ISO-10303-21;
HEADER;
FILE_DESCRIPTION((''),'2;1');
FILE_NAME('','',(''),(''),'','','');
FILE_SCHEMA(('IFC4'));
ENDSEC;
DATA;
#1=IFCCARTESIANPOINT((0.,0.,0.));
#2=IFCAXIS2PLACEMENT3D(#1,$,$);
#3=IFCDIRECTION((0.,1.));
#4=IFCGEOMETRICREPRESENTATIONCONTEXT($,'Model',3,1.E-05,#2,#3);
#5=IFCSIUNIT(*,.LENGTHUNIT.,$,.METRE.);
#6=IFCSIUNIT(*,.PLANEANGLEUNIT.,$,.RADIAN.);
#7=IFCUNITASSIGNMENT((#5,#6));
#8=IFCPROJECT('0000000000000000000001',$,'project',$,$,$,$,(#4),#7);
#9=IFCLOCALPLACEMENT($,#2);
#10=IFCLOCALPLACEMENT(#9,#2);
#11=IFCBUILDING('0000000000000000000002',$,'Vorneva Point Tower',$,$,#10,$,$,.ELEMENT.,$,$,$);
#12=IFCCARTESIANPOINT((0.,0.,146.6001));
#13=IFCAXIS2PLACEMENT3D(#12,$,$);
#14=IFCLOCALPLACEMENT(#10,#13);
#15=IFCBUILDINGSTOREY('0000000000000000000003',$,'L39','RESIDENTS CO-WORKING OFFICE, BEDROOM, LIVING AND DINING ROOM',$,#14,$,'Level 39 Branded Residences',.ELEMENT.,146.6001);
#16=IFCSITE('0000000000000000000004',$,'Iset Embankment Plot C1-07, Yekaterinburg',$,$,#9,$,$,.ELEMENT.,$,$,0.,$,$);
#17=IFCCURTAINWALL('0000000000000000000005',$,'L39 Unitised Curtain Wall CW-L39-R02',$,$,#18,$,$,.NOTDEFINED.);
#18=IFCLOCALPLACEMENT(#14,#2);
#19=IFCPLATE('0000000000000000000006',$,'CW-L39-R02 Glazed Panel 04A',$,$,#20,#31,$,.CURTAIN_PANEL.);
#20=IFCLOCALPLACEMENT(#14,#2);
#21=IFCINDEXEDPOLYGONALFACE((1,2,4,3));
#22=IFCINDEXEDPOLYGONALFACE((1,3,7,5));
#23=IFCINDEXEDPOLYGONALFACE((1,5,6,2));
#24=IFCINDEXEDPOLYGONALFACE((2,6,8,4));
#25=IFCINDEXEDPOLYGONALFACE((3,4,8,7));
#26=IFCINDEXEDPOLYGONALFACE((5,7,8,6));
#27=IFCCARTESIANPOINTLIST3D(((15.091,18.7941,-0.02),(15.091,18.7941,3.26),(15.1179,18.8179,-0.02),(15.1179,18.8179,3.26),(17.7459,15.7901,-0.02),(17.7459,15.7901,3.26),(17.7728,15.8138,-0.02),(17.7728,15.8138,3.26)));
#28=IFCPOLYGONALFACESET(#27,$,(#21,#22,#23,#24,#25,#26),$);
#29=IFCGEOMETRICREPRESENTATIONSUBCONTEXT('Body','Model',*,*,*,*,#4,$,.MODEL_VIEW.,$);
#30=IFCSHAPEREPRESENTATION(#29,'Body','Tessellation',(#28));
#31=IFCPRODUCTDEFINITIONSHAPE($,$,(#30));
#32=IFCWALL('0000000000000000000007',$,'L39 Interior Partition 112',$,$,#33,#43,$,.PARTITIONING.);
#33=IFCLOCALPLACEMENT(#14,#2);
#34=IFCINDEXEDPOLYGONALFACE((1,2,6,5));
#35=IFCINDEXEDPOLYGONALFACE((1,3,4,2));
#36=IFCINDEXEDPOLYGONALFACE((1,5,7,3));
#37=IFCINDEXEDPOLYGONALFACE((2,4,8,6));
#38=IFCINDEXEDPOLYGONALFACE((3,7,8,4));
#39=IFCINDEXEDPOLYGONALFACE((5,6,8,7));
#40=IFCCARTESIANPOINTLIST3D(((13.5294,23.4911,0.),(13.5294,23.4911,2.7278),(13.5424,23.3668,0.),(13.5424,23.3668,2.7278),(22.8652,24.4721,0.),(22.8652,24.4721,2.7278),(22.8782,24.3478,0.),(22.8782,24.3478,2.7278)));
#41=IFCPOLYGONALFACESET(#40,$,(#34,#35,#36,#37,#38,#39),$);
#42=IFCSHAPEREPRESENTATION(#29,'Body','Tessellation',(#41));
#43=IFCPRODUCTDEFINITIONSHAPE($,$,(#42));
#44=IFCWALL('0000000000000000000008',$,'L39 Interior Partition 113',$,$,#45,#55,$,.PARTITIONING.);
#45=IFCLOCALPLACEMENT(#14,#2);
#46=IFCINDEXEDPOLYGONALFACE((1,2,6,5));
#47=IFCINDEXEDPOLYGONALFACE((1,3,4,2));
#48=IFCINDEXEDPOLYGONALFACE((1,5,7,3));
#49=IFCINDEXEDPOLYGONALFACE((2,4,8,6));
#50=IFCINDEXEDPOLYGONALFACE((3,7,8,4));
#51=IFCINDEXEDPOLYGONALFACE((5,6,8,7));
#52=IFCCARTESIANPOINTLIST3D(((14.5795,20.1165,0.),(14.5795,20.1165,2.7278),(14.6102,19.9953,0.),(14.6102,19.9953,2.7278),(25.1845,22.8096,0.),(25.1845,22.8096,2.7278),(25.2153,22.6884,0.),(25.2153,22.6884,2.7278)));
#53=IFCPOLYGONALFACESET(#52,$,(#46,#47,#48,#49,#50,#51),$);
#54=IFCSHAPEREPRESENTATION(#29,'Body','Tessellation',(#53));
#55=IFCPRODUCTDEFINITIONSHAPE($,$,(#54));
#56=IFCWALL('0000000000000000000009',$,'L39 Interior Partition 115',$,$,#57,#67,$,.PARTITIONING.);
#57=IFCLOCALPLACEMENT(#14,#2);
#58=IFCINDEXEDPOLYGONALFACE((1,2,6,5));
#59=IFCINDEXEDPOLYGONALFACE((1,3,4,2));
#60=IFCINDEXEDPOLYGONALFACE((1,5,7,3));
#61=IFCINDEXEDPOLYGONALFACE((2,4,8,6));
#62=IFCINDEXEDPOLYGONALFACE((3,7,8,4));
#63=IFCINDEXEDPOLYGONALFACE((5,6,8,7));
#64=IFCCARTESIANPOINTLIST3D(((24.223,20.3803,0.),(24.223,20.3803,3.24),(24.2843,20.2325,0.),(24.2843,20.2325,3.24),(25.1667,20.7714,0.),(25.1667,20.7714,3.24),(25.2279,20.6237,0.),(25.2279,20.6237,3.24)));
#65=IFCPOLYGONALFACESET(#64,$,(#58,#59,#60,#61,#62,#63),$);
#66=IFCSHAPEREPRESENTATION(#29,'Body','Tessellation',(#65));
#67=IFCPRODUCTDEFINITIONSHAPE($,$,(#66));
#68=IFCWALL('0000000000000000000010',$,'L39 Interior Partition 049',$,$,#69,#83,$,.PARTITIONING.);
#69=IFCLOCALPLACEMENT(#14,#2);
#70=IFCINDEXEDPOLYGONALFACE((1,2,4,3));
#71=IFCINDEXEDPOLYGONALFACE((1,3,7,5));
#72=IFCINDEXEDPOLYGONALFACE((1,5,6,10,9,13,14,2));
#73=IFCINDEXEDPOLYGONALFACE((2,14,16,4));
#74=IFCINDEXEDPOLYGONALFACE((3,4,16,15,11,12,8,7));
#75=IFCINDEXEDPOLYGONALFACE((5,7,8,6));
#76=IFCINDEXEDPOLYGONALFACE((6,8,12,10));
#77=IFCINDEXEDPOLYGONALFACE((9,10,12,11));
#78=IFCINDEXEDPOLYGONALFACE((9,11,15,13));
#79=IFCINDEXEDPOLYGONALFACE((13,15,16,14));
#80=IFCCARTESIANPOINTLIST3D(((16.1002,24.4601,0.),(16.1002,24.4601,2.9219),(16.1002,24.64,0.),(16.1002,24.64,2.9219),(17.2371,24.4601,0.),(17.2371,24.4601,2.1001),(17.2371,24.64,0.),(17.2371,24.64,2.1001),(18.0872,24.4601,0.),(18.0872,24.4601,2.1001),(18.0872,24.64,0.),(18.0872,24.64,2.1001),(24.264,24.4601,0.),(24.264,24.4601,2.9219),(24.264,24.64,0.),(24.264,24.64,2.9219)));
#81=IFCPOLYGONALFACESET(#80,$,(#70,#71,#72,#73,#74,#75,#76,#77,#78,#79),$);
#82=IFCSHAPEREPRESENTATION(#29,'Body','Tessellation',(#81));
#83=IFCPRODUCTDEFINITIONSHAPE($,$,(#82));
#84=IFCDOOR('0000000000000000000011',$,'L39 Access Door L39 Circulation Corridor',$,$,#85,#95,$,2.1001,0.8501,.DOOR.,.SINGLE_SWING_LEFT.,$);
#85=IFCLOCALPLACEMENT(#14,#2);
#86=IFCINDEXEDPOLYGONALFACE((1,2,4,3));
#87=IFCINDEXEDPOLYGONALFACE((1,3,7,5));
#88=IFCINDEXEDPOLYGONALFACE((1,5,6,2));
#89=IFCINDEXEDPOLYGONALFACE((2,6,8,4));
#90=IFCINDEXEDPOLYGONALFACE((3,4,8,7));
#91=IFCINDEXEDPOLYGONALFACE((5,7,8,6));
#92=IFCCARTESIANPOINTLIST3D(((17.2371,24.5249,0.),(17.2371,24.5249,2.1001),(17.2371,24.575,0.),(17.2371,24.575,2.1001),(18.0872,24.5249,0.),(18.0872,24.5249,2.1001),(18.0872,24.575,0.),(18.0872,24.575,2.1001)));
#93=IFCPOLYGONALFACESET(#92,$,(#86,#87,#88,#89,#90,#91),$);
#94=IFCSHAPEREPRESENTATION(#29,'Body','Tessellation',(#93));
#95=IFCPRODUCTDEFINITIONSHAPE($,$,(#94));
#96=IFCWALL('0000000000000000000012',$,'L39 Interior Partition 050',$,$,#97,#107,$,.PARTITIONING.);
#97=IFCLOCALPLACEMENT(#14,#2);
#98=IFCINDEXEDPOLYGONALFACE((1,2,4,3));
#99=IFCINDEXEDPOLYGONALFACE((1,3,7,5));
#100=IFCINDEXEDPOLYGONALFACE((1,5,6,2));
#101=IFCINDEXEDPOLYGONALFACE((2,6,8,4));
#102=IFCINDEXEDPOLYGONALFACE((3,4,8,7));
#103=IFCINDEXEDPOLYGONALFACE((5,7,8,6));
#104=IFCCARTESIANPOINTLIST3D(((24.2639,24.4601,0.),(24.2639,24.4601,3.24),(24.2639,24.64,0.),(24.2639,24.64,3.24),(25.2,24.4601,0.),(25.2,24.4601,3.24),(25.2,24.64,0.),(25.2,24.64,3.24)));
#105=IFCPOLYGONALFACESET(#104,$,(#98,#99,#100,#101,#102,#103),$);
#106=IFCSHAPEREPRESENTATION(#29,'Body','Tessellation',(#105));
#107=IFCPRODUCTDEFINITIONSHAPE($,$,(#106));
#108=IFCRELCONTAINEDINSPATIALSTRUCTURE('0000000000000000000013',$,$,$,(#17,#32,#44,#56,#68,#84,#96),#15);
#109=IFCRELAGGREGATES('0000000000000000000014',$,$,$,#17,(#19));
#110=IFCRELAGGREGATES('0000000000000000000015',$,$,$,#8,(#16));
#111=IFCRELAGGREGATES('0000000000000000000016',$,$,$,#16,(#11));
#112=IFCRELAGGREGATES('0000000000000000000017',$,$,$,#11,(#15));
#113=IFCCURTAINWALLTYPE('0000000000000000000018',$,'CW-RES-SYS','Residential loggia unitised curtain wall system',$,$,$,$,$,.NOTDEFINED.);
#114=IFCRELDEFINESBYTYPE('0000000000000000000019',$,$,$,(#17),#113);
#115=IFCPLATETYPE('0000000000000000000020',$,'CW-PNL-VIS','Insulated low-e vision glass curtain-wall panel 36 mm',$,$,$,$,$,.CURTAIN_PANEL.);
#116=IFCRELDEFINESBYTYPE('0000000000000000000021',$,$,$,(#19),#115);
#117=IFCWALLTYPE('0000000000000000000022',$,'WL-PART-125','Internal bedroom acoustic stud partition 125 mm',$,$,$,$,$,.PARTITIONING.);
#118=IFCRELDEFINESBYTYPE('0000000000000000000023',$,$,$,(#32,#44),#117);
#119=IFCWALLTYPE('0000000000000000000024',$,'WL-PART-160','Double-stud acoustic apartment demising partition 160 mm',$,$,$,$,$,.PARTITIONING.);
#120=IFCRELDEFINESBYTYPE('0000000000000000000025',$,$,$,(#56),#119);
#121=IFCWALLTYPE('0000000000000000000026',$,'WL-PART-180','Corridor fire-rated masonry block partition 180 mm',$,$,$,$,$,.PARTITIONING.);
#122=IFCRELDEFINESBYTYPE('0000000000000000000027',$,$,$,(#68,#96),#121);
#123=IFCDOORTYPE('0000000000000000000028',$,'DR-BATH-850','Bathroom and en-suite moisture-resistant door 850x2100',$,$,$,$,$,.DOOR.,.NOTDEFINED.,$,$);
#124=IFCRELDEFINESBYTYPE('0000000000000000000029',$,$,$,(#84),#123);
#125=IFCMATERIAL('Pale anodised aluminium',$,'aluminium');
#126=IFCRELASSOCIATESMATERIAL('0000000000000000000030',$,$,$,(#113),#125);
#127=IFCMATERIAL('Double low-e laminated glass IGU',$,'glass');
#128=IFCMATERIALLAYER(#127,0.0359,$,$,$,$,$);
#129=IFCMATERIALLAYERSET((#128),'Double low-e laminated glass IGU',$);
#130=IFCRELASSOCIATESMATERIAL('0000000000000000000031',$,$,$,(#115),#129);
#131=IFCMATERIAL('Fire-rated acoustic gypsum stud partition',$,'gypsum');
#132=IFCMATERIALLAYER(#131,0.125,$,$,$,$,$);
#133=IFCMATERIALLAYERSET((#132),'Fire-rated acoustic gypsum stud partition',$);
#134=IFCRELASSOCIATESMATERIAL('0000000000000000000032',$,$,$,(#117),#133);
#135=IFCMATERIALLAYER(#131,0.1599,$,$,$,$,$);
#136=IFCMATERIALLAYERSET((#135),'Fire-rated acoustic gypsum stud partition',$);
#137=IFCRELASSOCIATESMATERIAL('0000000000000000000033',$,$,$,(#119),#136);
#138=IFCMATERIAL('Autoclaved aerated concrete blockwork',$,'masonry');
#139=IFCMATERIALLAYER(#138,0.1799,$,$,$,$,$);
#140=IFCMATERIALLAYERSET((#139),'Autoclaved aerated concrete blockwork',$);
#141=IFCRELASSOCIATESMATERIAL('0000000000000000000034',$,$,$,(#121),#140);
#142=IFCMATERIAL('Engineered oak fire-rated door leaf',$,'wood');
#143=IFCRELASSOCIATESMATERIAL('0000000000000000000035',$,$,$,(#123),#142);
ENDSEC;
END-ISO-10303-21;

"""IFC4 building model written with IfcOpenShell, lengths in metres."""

from ifc_helpers import new_model, si_unit, direction, frame, frame_2d, origin, origin_2d, place, context, subcontext, project, spatial, rectangle, extrude, material, layer, layer_set, type_object, element, fill, aggregate, save


model = new_model("IFC4")

# Units and contexts
model_context = context("Model", 3, precision=1e-05, world=origin(), true_north=direction((0.0, 1.0)))
body_context = subcontext(model_context, "Body", "Model", "MODEL_VIEW")
ifc_project = project(units=[si_unit("LENGTHUNIT", "METRE"), si_unit("PLANEANGLEUNIT", "RADIAN")], contexts=[model_context])

# Site, building, storey
site_placement = place(None, origin())
site = spatial("IfcSite", under=ifc_project, at=site_placement, Name="Iset Embankment Plot C1-07, Yekaterinburg", CompositionType="ELEMENT", RefElevation=0.0)
building_placement = place(site_placement, origin())
building = spatial("IfcBuilding", under=site, at=building_placement, Name="Vorneva Point Tower", CompositionType="ELEMENT")
storey_placement = place(building_placement, frame((0.0, 0.0, 146.6001)))
storey = spatial("IfcBuildingStorey", under=building, at=storey_placement, Name="L39", Description="RESIDENTS CO-WORKING OFFICE, BEDROOM, LIVING AND DINING ROOM", LongName="Level 39 Branded Residences", CompositionType="ELEMENT", Elevation=146.6001)

# Curtain wall, plate
ifc_material_1 = material(Name="Pale anodised aluminium", Category="aluminium")
curtain_wall_type = type_object("IfcCurtainWallType", Name="CW-RES-SYS", Description="Residential loggia unitised curtain wall system", PredefinedType="NOTDEFINED", material=ifc_material_1)
curtain_wall_placement = place(storey_placement, origin())
curtain_wall = element("IfcCurtainWall", 1, at=curtain_wall_placement, inside=storey, type_object=curtain_wall_type, Name="L39 Unitised Curtain Wall CW-L39-R02", PredefinedType="NOTDEFINED")
ifc_material_2 = material(Name="Double low-e laminated glass IGU", Category="glass")
ifc_layer_1 = layer(ifc_material_2, 0.0359)
ifc_layer_set_1 = layer_set([ifc_layer_1], Name="Double low-e laminated glass IGU")
plate_type = type_object("IfcPlateType", Name="CW-PNL-VIS", Description="Insulated low-e vision glass curtain-wall panel 36 mm", PredefinedType="CURTAIN_PANEL", material=ifc_layer_set_1)
plate_1_placement = place(storey_placement, frame((16.4319, 17.304, -0.02), z_axis=(0.0, 0.0, 1.0), x_axis=(0.662215, -0.749314, 0.0)))
plate_1 = element("IfcPlate", 2, at=plate_1_placement, type_object=plate_type, Name="CW-L39-R02 Glazed Panel 04A", PredefinedType="CURTAIN_PANEL", context=body_context, shape_type="SweptSolid", body=[
    extrude(rectangle(XDim=4.009, YDim=0.0359, at=origin_2d()), origin(), (0.0, 0.0, 1.0), 3.28),
])
aggregate(curtain_wall, [plate_1])

# Walls
ifc_material_3 = material(Name="Fire-rated acoustic gypsum stud partition", Category="gypsum")
ifc_layer_2 = layer(ifc_material_3, 0.125)
ifc_layer_set_2 = layer_set([ifc_layer_2], Name="Fire-rated acoustic gypsum stud partition")
wall_type_1 = type_object("IfcWallType", Name="WL-PART-125", Description="Internal bedroom acoustic stud partition 125 mm", PredefinedType="PARTITIONING", material=ifc_layer_set_2)
wall_1_placement = place(storey_placement, frame((13.5359, 23.429, 0.0), z_axis=(0.0, 0.0, 1.0), x_axis=(0.994525, 0.104501, 0.0)))
element("IfcWall", 3, at=wall_1_placement, inside=storey, type_object=wall_type_1, Name="L39 Interior Partition 112", PredefinedType="PARTITIONING", context=body_context, shape_type="SweptSolid", body=[
    extrude(rectangle(XDim=9.3872, YDim=0.125, at=frame_2d((4.6936, 0.0))), origin(), (0.0, 0.0, 1.0), 2.7278),
])
wall_2_placement = place(storey_placement, frame((14.595, 20.0559, 0.0), z_axis=(0.0, 0.0, 1.0), x_axis=(0.969235, 0.246136, 0.0)))
element("IfcWall", 4, at=wall_2_placement, inside=storey, type_object=wall_type_1, Name="L39 Interior Partition 113", PredefinedType="PARTITIONING", context=body_context, shape_type="SweptSolid", body=[
    extrude(rectangle(XDim=10.9417, YDim=0.125, at=frame_2d((5.4707, 0.0))), origin(), (0.0, 0.0, 1.0), 2.7278),
])
ifc_layer_3 = layer(ifc_material_3, 0.1599)
ifc_layer_set_3 = layer_set([ifc_layer_3], Name="Fire-rated acoustic gypsum stud partition")
wall_type_2 = type_object("IfcWallType", Name="WL-PART-160", Description="Double-stud acoustic apartment demising partition 160 mm", PredefinedType="PARTITIONING", material=ifc_layer_set_3)
wall_3_placement = place(storey_placement, frame((24.2537, 20.3064, 0.0), z_axis=(0.0, 0.0, 1.0), x_axis=(0.92379, 0.382901, 0.0)))
element("IfcWall", 5, at=wall_3_placement, inside=storey, type_object=wall_type_2, Name="L39 Interior Partition 115", PredefinedType="PARTITIONING", context=body_context, shape_type="SweptSolid", body=[
    extrude(rectangle(XDim=1.0215, YDim=0.1599, at=frame_2d((0.5107, 0.0))), origin(), (0.0, 0.0, 1.0), 3.24),
])

# Wall, opening, door
ifc_material_4 = material(Name="Autoclaved aerated concrete blockwork", Category="masonry")
ifc_layer_4 = layer(ifc_material_4, 0.1799)
ifc_layer_set_4 = layer_set([ifc_layer_4], Name="Autoclaved aerated concrete blockwork")
wall_type_3 = type_object("IfcWallType", Name="WL-PART-180", Description="Corridor fire-rated masonry block partition 180 mm", PredefinedType="PARTITIONING", material=ifc_layer_set_4)
wall_4_placement = place(storey_placement, frame((16.1001, 24.55, 0.0), z_axis=(0.0, 0.0, 1.0), x_axis=(1.0, 0.0, 0.0)))
wall_4 = element("IfcWall", 6, at=wall_4_placement, inside=storey, type_object=wall_type_3, Name="L39 Interior Partition 049", PredefinedType="PARTITIONING", context=body_context, shape_type="SweptSolid", body=[
    extrude(rectangle(XDim=8.1638, YDim=0.1799, at=frame_2d((4.082, 0.0))), origin(), (0.0, 0.0, 1.0), 2.9219),
])
opening_1_placement = place(wall_4_placement, frame((1.137, 0.0, 0.0)))
opening_1 = element("IfcOpeningElement", 7, at=opening_1_placement, cuts=wall_4, PredefinedType="OPENING", context=body_context, shape_type="SweptSolid", body=[
    extrude(rectangle(XDim=0.8501, YDim=2.1001, at=frame_2d((0.425, 1.05))), frame((0.0, 0.105, 0.0), z_axis=(0.0, -1.0, 0.0), x_axis=(1.0, 0.0, 0.0)), (0.0, 0.0, 1.0), 0.2097),
])
ifc_material_5 = material(Name="Engineered oak fire-rated door leaf", Category="wood")
door_type_1 = type_object("IfcDoorType", Name="DR-BATH-850", Description="Bathroom and en-suite moisture-resistant door 850x2100", OperationType="NOTDEFINED", PredefinedType="DOOR", material=ifc_material_5)
door_1_placement = place(opening_1_placement, origin())
door_1 = element("IfcDoor", 8, at=door_1_placement, inside=storey, type_object=door_type_1, Name="L39 Access Door L39 Circulation Corridor", OperationType="SINGLE_SWING_LEFT", OverallHeight=2.1001, OverallWidth=0.8501, PredefinedType="DOOR", context=body_context, shape_type="SweptSolid", body=[
    extrude(rectangle(XDim=0.8501, YDim=2.1001, at=frame_2d((0.425, 1.05))), frame((0.0, 0.0249, 0.0), z_axis=(0.0, -1.0, 0.0), x_axis=(1.0, 0.0, 0.0)), (0.0, 0.0, 1.0), 0.05),
])
fill(opening_1, door_1)

# Wall
wall_5_placement = place(storey_placement, frame((24.2639, 24.55, 0.0), z_axis=(0.0, 0.0, 1.0), x_axis=(1.0, 0.0, 0.0)))
element("IfcWall", 9, at=wall_5_placement, inside=storey, type_object=wall_type_3, Name="L39 Interior Partition 050", PredefinedType="PARTITIONING", context=body_context, shape_type="SweptSolid", body=[
    extrude(rectangle(XDim=0.936, YDim=0.1799, at=frame_2d((0.468, 0.0))), origin(), (0.0, 0.0, 1.0), 3.24),
])

save(model, "model.ifc")
